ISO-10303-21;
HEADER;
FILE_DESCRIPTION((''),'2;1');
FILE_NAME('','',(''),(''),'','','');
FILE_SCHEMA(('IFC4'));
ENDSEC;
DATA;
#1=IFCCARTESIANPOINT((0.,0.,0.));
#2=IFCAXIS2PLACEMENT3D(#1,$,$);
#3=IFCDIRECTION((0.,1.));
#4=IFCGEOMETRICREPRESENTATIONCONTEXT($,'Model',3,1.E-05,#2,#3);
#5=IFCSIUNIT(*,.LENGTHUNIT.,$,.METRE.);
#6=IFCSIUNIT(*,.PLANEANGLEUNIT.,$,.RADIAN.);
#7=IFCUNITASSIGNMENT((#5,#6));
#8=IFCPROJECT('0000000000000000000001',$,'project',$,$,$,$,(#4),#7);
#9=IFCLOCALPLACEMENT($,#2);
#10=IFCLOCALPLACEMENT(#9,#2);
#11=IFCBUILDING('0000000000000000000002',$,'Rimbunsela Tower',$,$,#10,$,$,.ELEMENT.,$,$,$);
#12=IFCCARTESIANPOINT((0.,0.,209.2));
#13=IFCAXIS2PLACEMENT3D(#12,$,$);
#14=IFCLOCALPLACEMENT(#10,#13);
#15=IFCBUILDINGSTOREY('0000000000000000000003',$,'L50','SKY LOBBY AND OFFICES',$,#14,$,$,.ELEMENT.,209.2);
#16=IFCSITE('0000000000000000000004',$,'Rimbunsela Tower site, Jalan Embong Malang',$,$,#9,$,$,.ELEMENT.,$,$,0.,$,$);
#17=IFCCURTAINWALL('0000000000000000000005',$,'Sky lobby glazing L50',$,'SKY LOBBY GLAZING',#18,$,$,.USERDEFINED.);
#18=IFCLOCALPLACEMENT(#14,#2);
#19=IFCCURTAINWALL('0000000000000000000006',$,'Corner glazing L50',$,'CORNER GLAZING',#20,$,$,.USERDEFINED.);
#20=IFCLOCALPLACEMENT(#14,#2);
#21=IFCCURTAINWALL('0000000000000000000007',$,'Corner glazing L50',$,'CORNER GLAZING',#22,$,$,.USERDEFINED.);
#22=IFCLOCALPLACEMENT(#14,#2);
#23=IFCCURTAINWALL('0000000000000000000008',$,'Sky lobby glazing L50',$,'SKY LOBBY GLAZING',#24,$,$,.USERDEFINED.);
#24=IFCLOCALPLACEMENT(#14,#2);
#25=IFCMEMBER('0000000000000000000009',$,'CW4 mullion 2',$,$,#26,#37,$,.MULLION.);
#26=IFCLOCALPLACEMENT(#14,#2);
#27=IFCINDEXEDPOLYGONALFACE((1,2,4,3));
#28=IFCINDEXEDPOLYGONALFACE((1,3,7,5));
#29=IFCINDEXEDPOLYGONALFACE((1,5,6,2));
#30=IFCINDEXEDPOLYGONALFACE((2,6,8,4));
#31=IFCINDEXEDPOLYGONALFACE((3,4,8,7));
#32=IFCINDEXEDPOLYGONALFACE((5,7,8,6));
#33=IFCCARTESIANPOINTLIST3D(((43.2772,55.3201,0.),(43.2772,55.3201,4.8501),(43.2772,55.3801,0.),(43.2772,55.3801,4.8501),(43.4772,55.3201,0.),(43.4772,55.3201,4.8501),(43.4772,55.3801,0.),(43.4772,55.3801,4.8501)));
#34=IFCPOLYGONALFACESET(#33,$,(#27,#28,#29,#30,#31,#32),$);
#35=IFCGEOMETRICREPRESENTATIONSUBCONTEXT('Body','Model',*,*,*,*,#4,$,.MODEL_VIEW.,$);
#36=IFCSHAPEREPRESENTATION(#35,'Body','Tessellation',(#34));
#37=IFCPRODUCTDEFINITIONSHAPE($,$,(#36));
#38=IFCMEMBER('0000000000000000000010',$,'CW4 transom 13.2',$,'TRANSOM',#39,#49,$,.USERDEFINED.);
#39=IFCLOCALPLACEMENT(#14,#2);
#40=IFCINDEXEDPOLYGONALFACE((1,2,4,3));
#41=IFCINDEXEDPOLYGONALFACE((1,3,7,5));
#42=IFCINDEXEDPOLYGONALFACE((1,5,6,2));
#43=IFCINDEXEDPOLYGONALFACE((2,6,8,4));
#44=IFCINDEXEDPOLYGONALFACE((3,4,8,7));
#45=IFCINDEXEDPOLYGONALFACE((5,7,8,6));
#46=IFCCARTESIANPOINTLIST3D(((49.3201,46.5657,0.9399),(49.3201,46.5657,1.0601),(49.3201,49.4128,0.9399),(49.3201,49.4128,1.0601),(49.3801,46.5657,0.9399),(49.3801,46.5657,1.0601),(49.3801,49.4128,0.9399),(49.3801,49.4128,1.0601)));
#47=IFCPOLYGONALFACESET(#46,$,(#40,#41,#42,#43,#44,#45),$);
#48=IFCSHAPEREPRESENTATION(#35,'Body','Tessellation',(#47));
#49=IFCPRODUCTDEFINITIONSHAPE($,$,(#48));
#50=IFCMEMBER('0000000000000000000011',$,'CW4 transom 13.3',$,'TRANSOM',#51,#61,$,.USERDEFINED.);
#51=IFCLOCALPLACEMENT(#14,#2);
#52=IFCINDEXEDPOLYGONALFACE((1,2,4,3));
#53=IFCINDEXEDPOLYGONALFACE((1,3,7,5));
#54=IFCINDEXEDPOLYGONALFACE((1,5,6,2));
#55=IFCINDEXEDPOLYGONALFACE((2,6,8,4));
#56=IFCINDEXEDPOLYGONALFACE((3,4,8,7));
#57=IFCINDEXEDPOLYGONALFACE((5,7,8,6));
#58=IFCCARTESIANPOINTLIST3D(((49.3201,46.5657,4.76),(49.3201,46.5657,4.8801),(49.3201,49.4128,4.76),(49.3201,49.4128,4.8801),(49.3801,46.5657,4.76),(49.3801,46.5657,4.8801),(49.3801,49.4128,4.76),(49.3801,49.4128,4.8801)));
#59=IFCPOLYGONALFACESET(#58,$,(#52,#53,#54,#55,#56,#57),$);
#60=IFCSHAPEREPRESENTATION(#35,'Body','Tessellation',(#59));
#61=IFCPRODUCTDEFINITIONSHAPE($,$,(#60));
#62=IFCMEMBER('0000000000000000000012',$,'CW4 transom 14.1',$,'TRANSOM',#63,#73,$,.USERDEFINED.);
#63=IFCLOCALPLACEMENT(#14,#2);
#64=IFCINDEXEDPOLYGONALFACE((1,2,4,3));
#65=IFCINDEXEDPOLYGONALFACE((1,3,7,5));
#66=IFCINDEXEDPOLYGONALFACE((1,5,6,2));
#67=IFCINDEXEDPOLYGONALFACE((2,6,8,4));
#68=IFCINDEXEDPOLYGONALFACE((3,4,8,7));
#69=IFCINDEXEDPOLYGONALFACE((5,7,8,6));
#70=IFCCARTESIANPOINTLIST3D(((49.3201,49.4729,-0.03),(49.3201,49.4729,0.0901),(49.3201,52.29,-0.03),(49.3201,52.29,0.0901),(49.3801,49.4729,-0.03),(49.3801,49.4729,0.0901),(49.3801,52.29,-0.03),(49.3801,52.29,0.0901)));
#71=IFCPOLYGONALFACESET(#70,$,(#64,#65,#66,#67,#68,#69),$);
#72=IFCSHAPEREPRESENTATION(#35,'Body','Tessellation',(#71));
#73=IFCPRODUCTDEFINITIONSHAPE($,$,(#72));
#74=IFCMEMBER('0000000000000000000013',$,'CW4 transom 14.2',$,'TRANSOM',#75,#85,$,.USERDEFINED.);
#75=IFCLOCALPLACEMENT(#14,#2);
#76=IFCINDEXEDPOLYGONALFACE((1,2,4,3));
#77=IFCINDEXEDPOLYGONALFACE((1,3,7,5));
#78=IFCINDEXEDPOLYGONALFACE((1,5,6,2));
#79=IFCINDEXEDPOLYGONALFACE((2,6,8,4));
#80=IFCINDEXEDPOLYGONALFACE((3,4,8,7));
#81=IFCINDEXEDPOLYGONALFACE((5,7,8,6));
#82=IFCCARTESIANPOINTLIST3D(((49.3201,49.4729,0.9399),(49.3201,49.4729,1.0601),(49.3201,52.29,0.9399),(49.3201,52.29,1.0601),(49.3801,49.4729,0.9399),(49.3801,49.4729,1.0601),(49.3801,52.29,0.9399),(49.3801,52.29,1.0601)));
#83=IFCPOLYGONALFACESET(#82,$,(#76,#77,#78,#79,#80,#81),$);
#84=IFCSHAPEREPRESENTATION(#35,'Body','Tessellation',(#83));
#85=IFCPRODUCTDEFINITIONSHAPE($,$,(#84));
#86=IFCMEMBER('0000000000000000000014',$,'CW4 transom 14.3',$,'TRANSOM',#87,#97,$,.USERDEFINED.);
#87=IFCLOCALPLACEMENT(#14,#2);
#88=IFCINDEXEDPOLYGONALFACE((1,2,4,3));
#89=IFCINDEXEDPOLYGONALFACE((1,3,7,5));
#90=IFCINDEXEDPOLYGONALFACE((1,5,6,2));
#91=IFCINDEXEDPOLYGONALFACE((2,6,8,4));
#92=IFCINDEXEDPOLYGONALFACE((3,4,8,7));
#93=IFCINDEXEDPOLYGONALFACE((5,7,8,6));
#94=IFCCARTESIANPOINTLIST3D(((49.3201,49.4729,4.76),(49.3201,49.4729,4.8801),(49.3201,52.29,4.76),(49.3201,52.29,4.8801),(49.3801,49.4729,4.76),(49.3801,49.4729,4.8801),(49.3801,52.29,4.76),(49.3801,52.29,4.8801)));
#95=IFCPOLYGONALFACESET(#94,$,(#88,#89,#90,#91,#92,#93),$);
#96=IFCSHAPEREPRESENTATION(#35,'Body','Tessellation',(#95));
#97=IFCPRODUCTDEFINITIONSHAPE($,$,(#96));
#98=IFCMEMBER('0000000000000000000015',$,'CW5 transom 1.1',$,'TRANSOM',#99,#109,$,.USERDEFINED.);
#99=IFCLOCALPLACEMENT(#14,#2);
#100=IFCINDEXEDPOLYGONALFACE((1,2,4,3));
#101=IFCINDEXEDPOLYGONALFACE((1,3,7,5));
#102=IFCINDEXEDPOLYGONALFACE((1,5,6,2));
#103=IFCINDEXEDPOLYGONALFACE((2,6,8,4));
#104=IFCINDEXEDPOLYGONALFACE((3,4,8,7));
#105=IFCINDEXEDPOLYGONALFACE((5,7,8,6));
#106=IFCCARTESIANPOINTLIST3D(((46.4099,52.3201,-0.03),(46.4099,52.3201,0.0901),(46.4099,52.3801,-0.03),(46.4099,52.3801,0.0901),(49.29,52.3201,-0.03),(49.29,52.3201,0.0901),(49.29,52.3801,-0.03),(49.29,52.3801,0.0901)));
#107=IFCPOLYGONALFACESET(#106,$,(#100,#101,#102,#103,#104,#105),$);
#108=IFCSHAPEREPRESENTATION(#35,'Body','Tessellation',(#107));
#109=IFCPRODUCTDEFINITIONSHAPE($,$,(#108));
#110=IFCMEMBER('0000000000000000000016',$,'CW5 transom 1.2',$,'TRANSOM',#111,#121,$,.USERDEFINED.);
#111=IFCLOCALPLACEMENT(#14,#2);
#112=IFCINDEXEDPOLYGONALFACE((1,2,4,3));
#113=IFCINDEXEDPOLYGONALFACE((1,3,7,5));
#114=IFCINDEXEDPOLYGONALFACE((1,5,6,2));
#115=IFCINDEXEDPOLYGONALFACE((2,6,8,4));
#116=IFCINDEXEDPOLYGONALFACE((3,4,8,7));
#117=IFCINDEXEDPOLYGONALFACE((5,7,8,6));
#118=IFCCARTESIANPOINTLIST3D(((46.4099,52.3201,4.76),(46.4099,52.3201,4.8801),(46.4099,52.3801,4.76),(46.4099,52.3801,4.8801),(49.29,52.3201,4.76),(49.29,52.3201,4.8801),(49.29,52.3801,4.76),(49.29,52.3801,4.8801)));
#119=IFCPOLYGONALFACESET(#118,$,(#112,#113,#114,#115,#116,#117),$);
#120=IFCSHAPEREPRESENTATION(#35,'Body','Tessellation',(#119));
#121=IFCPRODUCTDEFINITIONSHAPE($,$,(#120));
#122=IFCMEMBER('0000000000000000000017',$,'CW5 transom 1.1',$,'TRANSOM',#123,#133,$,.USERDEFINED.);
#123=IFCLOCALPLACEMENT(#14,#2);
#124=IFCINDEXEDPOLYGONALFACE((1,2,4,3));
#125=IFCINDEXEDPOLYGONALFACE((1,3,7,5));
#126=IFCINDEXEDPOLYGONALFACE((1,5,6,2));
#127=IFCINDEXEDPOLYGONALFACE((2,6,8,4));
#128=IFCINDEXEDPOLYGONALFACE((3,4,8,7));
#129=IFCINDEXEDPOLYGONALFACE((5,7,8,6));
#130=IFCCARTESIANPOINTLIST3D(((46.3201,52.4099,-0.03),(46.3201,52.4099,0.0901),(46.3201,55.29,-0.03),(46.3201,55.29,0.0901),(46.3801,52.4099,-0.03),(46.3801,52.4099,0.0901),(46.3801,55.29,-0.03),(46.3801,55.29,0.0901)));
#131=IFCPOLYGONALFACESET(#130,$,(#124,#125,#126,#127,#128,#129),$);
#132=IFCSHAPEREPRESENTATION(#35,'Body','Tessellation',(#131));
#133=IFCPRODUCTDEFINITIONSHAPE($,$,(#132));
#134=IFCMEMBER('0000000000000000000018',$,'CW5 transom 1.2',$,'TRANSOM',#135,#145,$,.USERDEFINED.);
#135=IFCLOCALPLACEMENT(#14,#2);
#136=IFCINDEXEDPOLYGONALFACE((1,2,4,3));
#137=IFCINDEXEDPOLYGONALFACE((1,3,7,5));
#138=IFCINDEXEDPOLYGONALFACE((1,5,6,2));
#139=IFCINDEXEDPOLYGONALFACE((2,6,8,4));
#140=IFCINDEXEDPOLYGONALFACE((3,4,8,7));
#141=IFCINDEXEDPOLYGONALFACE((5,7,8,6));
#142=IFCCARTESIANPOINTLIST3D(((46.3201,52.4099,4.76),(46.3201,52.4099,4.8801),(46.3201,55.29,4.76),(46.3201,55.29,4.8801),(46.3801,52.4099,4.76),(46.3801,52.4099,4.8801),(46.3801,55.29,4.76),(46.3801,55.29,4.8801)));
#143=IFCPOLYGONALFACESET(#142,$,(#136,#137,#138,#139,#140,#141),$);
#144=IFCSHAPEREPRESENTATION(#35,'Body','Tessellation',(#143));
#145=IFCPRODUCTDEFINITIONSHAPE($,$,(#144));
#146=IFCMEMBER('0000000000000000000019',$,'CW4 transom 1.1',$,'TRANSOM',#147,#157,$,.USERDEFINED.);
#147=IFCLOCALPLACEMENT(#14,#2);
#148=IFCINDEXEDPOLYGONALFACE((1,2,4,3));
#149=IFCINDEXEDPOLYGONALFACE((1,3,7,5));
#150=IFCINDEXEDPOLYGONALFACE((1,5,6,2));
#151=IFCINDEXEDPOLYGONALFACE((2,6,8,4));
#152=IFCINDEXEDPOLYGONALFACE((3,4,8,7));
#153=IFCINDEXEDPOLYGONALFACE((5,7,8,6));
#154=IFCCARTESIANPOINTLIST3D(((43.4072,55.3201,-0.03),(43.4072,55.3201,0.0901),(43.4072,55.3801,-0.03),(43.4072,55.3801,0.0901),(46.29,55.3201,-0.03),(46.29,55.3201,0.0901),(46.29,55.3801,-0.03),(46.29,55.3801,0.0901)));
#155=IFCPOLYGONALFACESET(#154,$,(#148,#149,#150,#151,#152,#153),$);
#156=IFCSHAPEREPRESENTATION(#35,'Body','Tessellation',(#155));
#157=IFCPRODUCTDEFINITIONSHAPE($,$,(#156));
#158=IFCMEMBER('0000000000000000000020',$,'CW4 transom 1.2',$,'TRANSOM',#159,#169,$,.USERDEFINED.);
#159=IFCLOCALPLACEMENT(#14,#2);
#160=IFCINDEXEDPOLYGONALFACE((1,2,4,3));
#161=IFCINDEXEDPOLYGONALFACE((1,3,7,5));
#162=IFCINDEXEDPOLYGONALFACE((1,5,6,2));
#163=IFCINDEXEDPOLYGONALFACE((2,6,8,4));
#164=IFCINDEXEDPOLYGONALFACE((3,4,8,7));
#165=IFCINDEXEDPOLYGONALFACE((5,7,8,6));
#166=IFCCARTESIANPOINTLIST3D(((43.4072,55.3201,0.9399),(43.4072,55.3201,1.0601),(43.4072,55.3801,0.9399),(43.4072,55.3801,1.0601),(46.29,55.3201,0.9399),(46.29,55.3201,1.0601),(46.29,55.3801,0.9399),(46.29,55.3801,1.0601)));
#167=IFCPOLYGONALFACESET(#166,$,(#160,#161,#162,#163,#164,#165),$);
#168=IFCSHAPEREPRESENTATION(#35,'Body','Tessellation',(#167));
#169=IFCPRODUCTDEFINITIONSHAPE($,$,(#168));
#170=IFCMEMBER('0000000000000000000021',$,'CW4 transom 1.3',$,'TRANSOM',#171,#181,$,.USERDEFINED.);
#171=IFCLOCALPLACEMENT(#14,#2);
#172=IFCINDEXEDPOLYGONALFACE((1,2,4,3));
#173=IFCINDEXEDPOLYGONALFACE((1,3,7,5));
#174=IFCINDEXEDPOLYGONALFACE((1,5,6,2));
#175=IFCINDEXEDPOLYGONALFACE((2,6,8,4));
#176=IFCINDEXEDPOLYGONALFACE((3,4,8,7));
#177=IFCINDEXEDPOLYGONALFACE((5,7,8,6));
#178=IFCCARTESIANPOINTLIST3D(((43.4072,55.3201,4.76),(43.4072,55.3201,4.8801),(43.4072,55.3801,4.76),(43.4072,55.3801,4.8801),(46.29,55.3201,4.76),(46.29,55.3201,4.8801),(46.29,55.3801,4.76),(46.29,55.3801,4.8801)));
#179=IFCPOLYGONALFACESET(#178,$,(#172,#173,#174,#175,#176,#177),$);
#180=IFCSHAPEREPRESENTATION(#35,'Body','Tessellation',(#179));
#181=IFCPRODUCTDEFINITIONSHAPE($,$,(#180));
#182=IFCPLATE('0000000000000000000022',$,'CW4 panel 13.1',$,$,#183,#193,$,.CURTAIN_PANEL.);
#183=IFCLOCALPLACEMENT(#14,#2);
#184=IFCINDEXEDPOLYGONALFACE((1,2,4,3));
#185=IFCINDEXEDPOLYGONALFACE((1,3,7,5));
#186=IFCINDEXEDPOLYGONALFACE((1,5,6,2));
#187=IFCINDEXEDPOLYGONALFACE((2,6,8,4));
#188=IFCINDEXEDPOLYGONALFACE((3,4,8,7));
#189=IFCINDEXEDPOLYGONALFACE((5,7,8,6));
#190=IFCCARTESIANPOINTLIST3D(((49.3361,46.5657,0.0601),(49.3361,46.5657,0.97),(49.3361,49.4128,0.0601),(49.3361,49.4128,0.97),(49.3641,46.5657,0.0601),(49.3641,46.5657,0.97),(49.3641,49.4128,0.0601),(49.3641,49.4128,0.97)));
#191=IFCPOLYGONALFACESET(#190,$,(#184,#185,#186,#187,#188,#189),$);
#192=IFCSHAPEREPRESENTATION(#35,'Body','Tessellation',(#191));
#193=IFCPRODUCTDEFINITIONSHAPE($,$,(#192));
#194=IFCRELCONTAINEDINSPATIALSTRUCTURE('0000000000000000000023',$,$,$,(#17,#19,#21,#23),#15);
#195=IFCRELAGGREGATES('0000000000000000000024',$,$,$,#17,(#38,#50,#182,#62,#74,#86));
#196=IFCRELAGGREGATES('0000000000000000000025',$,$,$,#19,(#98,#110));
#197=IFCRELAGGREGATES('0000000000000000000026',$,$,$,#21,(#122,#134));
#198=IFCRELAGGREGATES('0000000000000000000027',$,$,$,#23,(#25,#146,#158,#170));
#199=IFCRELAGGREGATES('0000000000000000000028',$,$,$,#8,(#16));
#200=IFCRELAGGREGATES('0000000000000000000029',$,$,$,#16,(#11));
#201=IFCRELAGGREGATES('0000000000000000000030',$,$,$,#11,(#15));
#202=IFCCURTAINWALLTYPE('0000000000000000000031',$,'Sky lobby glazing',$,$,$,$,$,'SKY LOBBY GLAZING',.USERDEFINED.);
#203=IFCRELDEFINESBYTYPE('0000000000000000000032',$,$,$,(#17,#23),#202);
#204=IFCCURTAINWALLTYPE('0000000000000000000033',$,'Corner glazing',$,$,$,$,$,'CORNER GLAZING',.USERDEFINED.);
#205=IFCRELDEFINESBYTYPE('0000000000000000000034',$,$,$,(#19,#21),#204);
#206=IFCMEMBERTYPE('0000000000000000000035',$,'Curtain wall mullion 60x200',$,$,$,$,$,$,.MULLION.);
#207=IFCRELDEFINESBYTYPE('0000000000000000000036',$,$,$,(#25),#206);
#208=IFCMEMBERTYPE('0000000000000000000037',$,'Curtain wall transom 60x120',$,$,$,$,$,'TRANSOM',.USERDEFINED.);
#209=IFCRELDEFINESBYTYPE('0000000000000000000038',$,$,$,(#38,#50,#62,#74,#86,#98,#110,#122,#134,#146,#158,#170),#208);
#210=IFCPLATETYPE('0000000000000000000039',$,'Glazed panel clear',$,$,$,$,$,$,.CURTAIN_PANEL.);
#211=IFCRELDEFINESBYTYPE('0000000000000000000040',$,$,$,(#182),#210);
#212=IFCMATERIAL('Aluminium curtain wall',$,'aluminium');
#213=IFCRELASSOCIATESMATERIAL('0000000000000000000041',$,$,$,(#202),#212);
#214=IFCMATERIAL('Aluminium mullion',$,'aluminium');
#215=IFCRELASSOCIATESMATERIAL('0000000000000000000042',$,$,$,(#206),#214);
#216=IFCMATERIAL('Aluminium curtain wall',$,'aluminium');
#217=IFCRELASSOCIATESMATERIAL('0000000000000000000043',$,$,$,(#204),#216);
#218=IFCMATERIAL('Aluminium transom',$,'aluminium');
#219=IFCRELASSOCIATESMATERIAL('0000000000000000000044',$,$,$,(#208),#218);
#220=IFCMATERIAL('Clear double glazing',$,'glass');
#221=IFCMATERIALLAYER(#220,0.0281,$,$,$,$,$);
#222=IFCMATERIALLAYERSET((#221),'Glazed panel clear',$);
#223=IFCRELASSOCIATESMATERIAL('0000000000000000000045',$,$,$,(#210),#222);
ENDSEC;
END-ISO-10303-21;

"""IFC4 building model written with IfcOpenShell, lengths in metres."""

from ifc_helpers import new_model, si_unit, direction, frame, origin, origin_2d, place, context, subcontext, project, spatial, rectangle, extrude, material, layer, layer_set, material_profile, profile_set, type_object, element, aggregate, save


model = new_model("IFC4")

# Units and contexts
model_context = context("Model", 3, precision=1e-05, world=origin(), true_north=direction((0.0, 1.0)))
body_context = subcontext(model_context, "Body", "Model", "MODEL_VIEW")
ifc_project = project(units=[si_unit("LENGTHUNIT", "METRE"), si_unit("PLANEANGLEUNIT", "RADIAN")], contexts=[model_context])

# Site, building, storey
site_placement = place(None, origin())
site = spatial("IfcSite", under=ifc_project, at=site_placement, Name="Rimbunsela Tower site, Jalan Embong Malang", CompositionType="ELEMENT", RefElevation=0.0)
building_placement = place(site_placement, origin())
building = spatial("IfcBuilding", under=site, at=building_placement, Name="Rimbunsela Tower", CompositionType="ELEMENT")
storey_placement = place(building_placement, frame((0.0, 0.0, 209.2)))
storey = spatial("IfcBuildingStorey", under=building, at=storey_placement, Name="L50", Description="SKY LOBBY AND OFFICES", CompositionType="ELEMENT", Elevation=209.2)

# Curtain walls, member
ifc_material_1 = material(Name="Aluminium curtain wall", Category="aluminium")
curtain_wall_type_1 = type_object("IfcCurtainWallType", Name="Sky lobby glazing", ElementType="SKY LOBBY GLAZING", PredefinedType="USERDEFINED", material=ifc_material_1)
curtain_wall_1_placement = place(storey_placement, origin())
curtain_wall_1 = element("IfcCurtainWall", 1, at=curtain_wall_1_placement, inside=storey, type_object=curtain_wall_type_1, Name="Sky lobby glazing L50", ObjectType="SKY LOBBY GLAZING", PredefinedType="USERDEFINED")
ifc_material_2 = material(Name="Aluminium mullion", Category="aluminium")
ifc_material_profile_1 = material_profile(ifc_material_2, rectangle(XDim=0.0601, YDim=0.2, at=origin_2d()), Name="Mullion 60x200")
ifc_profile_set_1 = profile_set([ifc_material_profile_1], Name="Aluminium mullion")
member_type_1 = type_object("IfcMemberType", Name="Curtain wall mullion 60x200", PredefinedType="MULLION", material=ifc_profile_set_1)
ifc_material_3 = material(Name="Aluminium curtain wall", Category="aluminium")
curtain_wall_type_2 = type_object("IfcCurtainWallType", Name="Corner glazing", ElementType="CORNER GLAZING", PredefinedType="USERDEFINED", material=ifc_material_3)
curtain_wall_2_placement = place(storey_placement, origin())
curtain_wall_2 = element("IfcCurtainWall", 2, at=curtain_wall_2_placement, inside=storey, type_object=curtain_wall_type_2, Name="Corner glazing L50", ObjectType="CORNER GLAZING", PredefinedType="USERDEFINED")
curtain_wall_3_placement = place(storey_placement, origin())
curtain_wall_3 = element("IfcCurtainWall", 3, at=curtain_wall_3_placement, inside=storey, type_object=curtain_wall_type_2, Name="Corner glazing L50", ObjectType="CORNER GLAZING", PredefinedType="USERDEFINED")
curtain_wall_4_placement = place(storey_placement, origin())
curtain_wall_4 = element("IfcCurtainWall", 4, at=curtain_wall_4_placement, inside=storey, type_object=curtain_wall_type_1, Name="Sky lobby glazing L50", ObjectType="SKY LOBBY GLAZING", PredefinedType="USERDEFINED")
member_1_placement = place(storey_placement, frame((43.3772, 55.3501, 0.0), z_axis=(0.0, 0.0, 1.0), x_axis=(0.0, -1.0, 0.0)))
member_1 = element("IfcMember", 5, at=member_1_placement, type_object=member_type_1, Name="CW4 mullion 2", PredefinedType="MULLION", context=body_context, shape_type="SweptSolid", body=[
    extrude(rectangle(XDim=0.0601, YDim=0.2, at=origin_2d()), origin(), (0.0, 0.0, 1.0), 4.8501),
])

# Members
ifc_material_4 = material(Name="Aluminium transom", Category="aluminium")
ifc_material_profile_2 = material_profile(ifc_material_4, rectangle(XDim=0.0601, YDim=0.1201, at=origin_2d()), Name="Transom 60x120")
ifc_profile_set_2 = profile_set([ifc_material_profile_2], Name="Aluminium transom")
member_type_2 = type_object("IfcMemberType", Name="Curtain wall transom 60x120", ElementType="TRANSOM", PredefinedType="USERDEFINED", material=ifc_profile_set_2)
member_2_placement = place(storey_placement, frame((49.3501, 46.5657, 1.0), z_axis=(0.0, 1.0, 0.0), x_axis=(-1.0, 0.0, 0.0)))
member_2 = element("IfcMember", 6, at=member_2_placement, type_object=member_type_2, Name="CW4 transom 13.2", ObjectType="TRANSOM", PredefinedType="USERDEFINED", context=body_context, shape_type="SweptSolid", body=[
    extrude(rectangle(XDim=0.0601, YDim=0.1201, at=origin_2d()), origin(), (0.0, 0.0, 1.0), 2.8472),
])
member_3_placement = place(storey_placement, frame((49.3501, 46.5657, 4.8201), z_axis=(0.0, 1.0, 0.0), x_axis=(-1.0, 0.0, 0.0)))
member_3 = element("IfcMember", 7, at=member_3_placement, type_object=member_type_2, Name="CW4 transom 13.3", ObjectType="TRANSOM", PredefinedType="USERDEFINED", context=body_context, shape_type="SweptSolid", body=[
    extrude(rectangle(XDim=0.0601, YDim=0.1201, at=origin_2d()), origin(), (0.0, 0.0, 1.0), 2.8472),
])
member_4_placement = place(storey_placement, frame((49.3501, 49.4729, 0.03), z_axis=(0.0, 1.0, 0.0), x_axis=(-1.0, 0.0, 0.0)))
member_4 = element("IfcMember", 8, at=member_4_placement, type_object=member_type_2, Name="CW4 transom 14.1", ObjectType="TRANSOM", PredefinedType="USERDEFINED", context=body_context, shape_type="SweptSolid", body=[
    extrude(rectangle(XDim=0.0601, YDim=0.1201, at=origin_2d()), origin(), (0.0, 0.0, 1.0), 2.8171),
])
member_5_placement = place(storey_placement, frame((49.3501, 49.4729, 1.0), z_axis=(0.0, 1.0, 0.0), x_axis=(-1.0, 0.0, 0.0)))
member_5 = element("IfcMember", 9, at=member_5_placement, type_object=member_type_2, Name="CW4 transom 14.2", ObjectType="TRANSOM", PredefinedType="USERDEFINED", context=body_context, shape_type="SweptSolid", body=[
    extrude(rectangle(XDim=0.0601, YDim=0.1201, at=origin_2d()), origin(), (0.0, 0.0, 1.0), 2.8171),
])
member_6_placement = place(storey_placement, frame((49.3501, 49.4729, 4.8201), z_axis=(0.0, 1.0, 0.0), x_axis=(-1.0, 0.0, 0.0)))
member_6 = element("IfcMember", 10, at=member_6_placement, type_object=member_type_2, Name="CW4 transom 14.3", ObjectType="TRANSOM", PredefinedType="USERDEFINED", context=body_context, shape_type="SweptSolid", body=[
    extrude(rectangle(XDim=0.0601, YDim=0.1201, at=origin_2d()), origin(), (0.0, 0.0, 1.0), 2.8171),
])
member_7_placement = place(storey_placement, frame((49.29, 52.3501, 0.03), z_axis=(-1.0, 0.0, 0.0), x_axis=(0.0, -1.0, 0.0)))
member_7 = element("IfcMember", 11, at=member_7_placement, type_object=member_type_2, Name="CW5 transom 1.1", ObjectType="TRANSOM", PredefinedType="USERDEFINED", context=body_context, shape_type="SweptSolid", body=[
    extrude(rectangle(XDim=0.0601, YDim=0.1201, at=origin_2d()), origin(), (0.0, 0.0, 1.0), 2.8801),
])
member_8_placement = place(storey_placement, frame((49.29, 52.3501, 4.8201), z_axis=(-1.0, 0.0, 0.0), x_axis=(0.0, -1.0, 0.0)))
member_8 = element("IfcMember", 12, at=member_8_placement, type_object=member_type_2, Name="CW5 transom 1.2", ObjectType="TRANSOM", PredefinedType="USERDEFINED", context=body_context, shape_type="SweptSolid", body=[
    extrude(rectangle(XDim=0.0601, YDim=0.1201, at=origin_2d()), origin(), (0.0, 0.0, 1.0), 2.8801),
])
member_9_placement = place(storey_placement, frame((46.3501, 52.4099, 0.03), z_axis=(0.0, 1.0, 0.0), x_axis=(-1.0, 0.0, 0.0)))
member_9 = element("IfcMember", 13, at=member_9_placement, type_object=member_type_2, Name="CW5 transom 1.1", ObjectType="TRANSOM", PredefinedType="USERDEFINED", context=body_context, shape_type="SweptSolid", body=[
    extrude(rectangle(XDim=0.0601, YDim=0.1201, at=origin_2d()), origin(), (0.0, 0.0, 1.0), 2.8801),
])
member_10_placement = place(storey_placement, frame((46.3501, 52.4099, 4.8201), z_axis=(0.0, 1.0, 0.0), x_axis=(-1.0, 0.0, 0.0)))
member_10 = element("IfcMember", 14, at=member_10_placement, type_object=member_type_2, Name="CW5 transom 1.2", ObjectType="TRANSOM", PredefinedType="USERDEFINED", context=body_context, shape_type="SweptSolid", body=[
    extrude(rectangle(XDim=0.0601, YDim=0.1201, at=origin_2d()), origin(), (0.0, 0.0, 1.0), 2.8801),
])
member_11_placement = place(storey_placement, frame((46.29, 55.3501, 0.03), z_axis=(-1.0, 0.0, 0.0), x_axis=(0.0, -1.0, 0.0)))
member_11 = element("IfcMember", 15, at=member_11_placement, type_object=member_type_2, Name="CW4 transom 1.1", ObjectType="TRANSOM", PredefinedType="USERDEFINED", context=body_context, shape_type="SweptSolid", body=[
    extrude(rectangle(XDim=0.0601, YDim=0.1201, at=origin_2d()), origin(), (0.0, 0.0, 1.0), 2.8828),
])
member_12_placement = place(storey_placement, frame((46.29, 55.3501, 1.0), z_axis=(-1.0, 0.0, 0.0), x_axis=(0.0, -1.0, 0.0)))
member_12 = element("IfcMember", 16, at=member_12_placement, type_object=member_type_2, Name="CW4 transom 1.2", ObjectType="TRANSOM", PredefinedType="USERDEFINED", context=body_context, shape_type="SweptSolid", body=[
    extrude(rectangle(XDim=0.0601, YDim=0.1201, at=origin_2d()), origin(), (0.0, 0.0, 1.0), 2.8828),
])
member_13_placement = place(storey_placement, frame((46.29, 55.3501, 4.8201), z_axis=(-1.0, 0.0, 0.0), x_axis=(0.0, -1.0, 0.0)))
member_13 = element("IfcMember", 17, at=member_13_placement, type_object=member_type_2, Name="CW4 transom 1.3", ObjectType="TRANSOM", PredefinedType="USERDEFINED", context=body_context, shape_type="SweptSolid", body=[
    extrude(rectangle(XDim=0.0601, YDim=0.1201, at=origin_2d()), origin(), (0.0, 0.0, 1.0), 2.8828),
])

# Plate
ifc_material_5 = material(Name="Clear double glazing", Category="glass")
ifc_layer = layer(ifc_material_5, 0.0281)
ifc_layer_set = layer_set([ifc_layer], Name="Glazed panel clear")
plate_type = type_object("IfcPlateType", Name="Glazed panel clear", PredefinedType="CURTAIN_PANEL", material=ifc_layer_set)
plate_1_placement = place(storey_placement, frame((49.3501, 47.9893, 0.0601), z_axis=(0.0, 0.0, 1.0), x_axis=(0.0, 1.0, 0.0)))
plate_1 = element("IfcPlate", 18, at=plate_1_placement, type_object=plate_type, Name="CW4 panel 13.1", PredefinedType="CURTAIN_PANEL", context=body_context, shape_type="SweptSolid", body=[
    extrude(rectangle(XDim=2.8472, YDim=0.0281, at=origin_2d()), origin(), (0.0, 0.0, 1.0), 0.9099),
])
aggregate(curtain_wall_1, [member_2, member_3, plate_1, member_4, member_5, member_6])
aggregate(curtain_wall_2, [member_7, member_8])
aggregate(curtain_wall_3, [member_9, member_10])
aggregate(curtain_wall_4, [member_1, member_11, member_12, member_13])

save(model, "model.ifc")
